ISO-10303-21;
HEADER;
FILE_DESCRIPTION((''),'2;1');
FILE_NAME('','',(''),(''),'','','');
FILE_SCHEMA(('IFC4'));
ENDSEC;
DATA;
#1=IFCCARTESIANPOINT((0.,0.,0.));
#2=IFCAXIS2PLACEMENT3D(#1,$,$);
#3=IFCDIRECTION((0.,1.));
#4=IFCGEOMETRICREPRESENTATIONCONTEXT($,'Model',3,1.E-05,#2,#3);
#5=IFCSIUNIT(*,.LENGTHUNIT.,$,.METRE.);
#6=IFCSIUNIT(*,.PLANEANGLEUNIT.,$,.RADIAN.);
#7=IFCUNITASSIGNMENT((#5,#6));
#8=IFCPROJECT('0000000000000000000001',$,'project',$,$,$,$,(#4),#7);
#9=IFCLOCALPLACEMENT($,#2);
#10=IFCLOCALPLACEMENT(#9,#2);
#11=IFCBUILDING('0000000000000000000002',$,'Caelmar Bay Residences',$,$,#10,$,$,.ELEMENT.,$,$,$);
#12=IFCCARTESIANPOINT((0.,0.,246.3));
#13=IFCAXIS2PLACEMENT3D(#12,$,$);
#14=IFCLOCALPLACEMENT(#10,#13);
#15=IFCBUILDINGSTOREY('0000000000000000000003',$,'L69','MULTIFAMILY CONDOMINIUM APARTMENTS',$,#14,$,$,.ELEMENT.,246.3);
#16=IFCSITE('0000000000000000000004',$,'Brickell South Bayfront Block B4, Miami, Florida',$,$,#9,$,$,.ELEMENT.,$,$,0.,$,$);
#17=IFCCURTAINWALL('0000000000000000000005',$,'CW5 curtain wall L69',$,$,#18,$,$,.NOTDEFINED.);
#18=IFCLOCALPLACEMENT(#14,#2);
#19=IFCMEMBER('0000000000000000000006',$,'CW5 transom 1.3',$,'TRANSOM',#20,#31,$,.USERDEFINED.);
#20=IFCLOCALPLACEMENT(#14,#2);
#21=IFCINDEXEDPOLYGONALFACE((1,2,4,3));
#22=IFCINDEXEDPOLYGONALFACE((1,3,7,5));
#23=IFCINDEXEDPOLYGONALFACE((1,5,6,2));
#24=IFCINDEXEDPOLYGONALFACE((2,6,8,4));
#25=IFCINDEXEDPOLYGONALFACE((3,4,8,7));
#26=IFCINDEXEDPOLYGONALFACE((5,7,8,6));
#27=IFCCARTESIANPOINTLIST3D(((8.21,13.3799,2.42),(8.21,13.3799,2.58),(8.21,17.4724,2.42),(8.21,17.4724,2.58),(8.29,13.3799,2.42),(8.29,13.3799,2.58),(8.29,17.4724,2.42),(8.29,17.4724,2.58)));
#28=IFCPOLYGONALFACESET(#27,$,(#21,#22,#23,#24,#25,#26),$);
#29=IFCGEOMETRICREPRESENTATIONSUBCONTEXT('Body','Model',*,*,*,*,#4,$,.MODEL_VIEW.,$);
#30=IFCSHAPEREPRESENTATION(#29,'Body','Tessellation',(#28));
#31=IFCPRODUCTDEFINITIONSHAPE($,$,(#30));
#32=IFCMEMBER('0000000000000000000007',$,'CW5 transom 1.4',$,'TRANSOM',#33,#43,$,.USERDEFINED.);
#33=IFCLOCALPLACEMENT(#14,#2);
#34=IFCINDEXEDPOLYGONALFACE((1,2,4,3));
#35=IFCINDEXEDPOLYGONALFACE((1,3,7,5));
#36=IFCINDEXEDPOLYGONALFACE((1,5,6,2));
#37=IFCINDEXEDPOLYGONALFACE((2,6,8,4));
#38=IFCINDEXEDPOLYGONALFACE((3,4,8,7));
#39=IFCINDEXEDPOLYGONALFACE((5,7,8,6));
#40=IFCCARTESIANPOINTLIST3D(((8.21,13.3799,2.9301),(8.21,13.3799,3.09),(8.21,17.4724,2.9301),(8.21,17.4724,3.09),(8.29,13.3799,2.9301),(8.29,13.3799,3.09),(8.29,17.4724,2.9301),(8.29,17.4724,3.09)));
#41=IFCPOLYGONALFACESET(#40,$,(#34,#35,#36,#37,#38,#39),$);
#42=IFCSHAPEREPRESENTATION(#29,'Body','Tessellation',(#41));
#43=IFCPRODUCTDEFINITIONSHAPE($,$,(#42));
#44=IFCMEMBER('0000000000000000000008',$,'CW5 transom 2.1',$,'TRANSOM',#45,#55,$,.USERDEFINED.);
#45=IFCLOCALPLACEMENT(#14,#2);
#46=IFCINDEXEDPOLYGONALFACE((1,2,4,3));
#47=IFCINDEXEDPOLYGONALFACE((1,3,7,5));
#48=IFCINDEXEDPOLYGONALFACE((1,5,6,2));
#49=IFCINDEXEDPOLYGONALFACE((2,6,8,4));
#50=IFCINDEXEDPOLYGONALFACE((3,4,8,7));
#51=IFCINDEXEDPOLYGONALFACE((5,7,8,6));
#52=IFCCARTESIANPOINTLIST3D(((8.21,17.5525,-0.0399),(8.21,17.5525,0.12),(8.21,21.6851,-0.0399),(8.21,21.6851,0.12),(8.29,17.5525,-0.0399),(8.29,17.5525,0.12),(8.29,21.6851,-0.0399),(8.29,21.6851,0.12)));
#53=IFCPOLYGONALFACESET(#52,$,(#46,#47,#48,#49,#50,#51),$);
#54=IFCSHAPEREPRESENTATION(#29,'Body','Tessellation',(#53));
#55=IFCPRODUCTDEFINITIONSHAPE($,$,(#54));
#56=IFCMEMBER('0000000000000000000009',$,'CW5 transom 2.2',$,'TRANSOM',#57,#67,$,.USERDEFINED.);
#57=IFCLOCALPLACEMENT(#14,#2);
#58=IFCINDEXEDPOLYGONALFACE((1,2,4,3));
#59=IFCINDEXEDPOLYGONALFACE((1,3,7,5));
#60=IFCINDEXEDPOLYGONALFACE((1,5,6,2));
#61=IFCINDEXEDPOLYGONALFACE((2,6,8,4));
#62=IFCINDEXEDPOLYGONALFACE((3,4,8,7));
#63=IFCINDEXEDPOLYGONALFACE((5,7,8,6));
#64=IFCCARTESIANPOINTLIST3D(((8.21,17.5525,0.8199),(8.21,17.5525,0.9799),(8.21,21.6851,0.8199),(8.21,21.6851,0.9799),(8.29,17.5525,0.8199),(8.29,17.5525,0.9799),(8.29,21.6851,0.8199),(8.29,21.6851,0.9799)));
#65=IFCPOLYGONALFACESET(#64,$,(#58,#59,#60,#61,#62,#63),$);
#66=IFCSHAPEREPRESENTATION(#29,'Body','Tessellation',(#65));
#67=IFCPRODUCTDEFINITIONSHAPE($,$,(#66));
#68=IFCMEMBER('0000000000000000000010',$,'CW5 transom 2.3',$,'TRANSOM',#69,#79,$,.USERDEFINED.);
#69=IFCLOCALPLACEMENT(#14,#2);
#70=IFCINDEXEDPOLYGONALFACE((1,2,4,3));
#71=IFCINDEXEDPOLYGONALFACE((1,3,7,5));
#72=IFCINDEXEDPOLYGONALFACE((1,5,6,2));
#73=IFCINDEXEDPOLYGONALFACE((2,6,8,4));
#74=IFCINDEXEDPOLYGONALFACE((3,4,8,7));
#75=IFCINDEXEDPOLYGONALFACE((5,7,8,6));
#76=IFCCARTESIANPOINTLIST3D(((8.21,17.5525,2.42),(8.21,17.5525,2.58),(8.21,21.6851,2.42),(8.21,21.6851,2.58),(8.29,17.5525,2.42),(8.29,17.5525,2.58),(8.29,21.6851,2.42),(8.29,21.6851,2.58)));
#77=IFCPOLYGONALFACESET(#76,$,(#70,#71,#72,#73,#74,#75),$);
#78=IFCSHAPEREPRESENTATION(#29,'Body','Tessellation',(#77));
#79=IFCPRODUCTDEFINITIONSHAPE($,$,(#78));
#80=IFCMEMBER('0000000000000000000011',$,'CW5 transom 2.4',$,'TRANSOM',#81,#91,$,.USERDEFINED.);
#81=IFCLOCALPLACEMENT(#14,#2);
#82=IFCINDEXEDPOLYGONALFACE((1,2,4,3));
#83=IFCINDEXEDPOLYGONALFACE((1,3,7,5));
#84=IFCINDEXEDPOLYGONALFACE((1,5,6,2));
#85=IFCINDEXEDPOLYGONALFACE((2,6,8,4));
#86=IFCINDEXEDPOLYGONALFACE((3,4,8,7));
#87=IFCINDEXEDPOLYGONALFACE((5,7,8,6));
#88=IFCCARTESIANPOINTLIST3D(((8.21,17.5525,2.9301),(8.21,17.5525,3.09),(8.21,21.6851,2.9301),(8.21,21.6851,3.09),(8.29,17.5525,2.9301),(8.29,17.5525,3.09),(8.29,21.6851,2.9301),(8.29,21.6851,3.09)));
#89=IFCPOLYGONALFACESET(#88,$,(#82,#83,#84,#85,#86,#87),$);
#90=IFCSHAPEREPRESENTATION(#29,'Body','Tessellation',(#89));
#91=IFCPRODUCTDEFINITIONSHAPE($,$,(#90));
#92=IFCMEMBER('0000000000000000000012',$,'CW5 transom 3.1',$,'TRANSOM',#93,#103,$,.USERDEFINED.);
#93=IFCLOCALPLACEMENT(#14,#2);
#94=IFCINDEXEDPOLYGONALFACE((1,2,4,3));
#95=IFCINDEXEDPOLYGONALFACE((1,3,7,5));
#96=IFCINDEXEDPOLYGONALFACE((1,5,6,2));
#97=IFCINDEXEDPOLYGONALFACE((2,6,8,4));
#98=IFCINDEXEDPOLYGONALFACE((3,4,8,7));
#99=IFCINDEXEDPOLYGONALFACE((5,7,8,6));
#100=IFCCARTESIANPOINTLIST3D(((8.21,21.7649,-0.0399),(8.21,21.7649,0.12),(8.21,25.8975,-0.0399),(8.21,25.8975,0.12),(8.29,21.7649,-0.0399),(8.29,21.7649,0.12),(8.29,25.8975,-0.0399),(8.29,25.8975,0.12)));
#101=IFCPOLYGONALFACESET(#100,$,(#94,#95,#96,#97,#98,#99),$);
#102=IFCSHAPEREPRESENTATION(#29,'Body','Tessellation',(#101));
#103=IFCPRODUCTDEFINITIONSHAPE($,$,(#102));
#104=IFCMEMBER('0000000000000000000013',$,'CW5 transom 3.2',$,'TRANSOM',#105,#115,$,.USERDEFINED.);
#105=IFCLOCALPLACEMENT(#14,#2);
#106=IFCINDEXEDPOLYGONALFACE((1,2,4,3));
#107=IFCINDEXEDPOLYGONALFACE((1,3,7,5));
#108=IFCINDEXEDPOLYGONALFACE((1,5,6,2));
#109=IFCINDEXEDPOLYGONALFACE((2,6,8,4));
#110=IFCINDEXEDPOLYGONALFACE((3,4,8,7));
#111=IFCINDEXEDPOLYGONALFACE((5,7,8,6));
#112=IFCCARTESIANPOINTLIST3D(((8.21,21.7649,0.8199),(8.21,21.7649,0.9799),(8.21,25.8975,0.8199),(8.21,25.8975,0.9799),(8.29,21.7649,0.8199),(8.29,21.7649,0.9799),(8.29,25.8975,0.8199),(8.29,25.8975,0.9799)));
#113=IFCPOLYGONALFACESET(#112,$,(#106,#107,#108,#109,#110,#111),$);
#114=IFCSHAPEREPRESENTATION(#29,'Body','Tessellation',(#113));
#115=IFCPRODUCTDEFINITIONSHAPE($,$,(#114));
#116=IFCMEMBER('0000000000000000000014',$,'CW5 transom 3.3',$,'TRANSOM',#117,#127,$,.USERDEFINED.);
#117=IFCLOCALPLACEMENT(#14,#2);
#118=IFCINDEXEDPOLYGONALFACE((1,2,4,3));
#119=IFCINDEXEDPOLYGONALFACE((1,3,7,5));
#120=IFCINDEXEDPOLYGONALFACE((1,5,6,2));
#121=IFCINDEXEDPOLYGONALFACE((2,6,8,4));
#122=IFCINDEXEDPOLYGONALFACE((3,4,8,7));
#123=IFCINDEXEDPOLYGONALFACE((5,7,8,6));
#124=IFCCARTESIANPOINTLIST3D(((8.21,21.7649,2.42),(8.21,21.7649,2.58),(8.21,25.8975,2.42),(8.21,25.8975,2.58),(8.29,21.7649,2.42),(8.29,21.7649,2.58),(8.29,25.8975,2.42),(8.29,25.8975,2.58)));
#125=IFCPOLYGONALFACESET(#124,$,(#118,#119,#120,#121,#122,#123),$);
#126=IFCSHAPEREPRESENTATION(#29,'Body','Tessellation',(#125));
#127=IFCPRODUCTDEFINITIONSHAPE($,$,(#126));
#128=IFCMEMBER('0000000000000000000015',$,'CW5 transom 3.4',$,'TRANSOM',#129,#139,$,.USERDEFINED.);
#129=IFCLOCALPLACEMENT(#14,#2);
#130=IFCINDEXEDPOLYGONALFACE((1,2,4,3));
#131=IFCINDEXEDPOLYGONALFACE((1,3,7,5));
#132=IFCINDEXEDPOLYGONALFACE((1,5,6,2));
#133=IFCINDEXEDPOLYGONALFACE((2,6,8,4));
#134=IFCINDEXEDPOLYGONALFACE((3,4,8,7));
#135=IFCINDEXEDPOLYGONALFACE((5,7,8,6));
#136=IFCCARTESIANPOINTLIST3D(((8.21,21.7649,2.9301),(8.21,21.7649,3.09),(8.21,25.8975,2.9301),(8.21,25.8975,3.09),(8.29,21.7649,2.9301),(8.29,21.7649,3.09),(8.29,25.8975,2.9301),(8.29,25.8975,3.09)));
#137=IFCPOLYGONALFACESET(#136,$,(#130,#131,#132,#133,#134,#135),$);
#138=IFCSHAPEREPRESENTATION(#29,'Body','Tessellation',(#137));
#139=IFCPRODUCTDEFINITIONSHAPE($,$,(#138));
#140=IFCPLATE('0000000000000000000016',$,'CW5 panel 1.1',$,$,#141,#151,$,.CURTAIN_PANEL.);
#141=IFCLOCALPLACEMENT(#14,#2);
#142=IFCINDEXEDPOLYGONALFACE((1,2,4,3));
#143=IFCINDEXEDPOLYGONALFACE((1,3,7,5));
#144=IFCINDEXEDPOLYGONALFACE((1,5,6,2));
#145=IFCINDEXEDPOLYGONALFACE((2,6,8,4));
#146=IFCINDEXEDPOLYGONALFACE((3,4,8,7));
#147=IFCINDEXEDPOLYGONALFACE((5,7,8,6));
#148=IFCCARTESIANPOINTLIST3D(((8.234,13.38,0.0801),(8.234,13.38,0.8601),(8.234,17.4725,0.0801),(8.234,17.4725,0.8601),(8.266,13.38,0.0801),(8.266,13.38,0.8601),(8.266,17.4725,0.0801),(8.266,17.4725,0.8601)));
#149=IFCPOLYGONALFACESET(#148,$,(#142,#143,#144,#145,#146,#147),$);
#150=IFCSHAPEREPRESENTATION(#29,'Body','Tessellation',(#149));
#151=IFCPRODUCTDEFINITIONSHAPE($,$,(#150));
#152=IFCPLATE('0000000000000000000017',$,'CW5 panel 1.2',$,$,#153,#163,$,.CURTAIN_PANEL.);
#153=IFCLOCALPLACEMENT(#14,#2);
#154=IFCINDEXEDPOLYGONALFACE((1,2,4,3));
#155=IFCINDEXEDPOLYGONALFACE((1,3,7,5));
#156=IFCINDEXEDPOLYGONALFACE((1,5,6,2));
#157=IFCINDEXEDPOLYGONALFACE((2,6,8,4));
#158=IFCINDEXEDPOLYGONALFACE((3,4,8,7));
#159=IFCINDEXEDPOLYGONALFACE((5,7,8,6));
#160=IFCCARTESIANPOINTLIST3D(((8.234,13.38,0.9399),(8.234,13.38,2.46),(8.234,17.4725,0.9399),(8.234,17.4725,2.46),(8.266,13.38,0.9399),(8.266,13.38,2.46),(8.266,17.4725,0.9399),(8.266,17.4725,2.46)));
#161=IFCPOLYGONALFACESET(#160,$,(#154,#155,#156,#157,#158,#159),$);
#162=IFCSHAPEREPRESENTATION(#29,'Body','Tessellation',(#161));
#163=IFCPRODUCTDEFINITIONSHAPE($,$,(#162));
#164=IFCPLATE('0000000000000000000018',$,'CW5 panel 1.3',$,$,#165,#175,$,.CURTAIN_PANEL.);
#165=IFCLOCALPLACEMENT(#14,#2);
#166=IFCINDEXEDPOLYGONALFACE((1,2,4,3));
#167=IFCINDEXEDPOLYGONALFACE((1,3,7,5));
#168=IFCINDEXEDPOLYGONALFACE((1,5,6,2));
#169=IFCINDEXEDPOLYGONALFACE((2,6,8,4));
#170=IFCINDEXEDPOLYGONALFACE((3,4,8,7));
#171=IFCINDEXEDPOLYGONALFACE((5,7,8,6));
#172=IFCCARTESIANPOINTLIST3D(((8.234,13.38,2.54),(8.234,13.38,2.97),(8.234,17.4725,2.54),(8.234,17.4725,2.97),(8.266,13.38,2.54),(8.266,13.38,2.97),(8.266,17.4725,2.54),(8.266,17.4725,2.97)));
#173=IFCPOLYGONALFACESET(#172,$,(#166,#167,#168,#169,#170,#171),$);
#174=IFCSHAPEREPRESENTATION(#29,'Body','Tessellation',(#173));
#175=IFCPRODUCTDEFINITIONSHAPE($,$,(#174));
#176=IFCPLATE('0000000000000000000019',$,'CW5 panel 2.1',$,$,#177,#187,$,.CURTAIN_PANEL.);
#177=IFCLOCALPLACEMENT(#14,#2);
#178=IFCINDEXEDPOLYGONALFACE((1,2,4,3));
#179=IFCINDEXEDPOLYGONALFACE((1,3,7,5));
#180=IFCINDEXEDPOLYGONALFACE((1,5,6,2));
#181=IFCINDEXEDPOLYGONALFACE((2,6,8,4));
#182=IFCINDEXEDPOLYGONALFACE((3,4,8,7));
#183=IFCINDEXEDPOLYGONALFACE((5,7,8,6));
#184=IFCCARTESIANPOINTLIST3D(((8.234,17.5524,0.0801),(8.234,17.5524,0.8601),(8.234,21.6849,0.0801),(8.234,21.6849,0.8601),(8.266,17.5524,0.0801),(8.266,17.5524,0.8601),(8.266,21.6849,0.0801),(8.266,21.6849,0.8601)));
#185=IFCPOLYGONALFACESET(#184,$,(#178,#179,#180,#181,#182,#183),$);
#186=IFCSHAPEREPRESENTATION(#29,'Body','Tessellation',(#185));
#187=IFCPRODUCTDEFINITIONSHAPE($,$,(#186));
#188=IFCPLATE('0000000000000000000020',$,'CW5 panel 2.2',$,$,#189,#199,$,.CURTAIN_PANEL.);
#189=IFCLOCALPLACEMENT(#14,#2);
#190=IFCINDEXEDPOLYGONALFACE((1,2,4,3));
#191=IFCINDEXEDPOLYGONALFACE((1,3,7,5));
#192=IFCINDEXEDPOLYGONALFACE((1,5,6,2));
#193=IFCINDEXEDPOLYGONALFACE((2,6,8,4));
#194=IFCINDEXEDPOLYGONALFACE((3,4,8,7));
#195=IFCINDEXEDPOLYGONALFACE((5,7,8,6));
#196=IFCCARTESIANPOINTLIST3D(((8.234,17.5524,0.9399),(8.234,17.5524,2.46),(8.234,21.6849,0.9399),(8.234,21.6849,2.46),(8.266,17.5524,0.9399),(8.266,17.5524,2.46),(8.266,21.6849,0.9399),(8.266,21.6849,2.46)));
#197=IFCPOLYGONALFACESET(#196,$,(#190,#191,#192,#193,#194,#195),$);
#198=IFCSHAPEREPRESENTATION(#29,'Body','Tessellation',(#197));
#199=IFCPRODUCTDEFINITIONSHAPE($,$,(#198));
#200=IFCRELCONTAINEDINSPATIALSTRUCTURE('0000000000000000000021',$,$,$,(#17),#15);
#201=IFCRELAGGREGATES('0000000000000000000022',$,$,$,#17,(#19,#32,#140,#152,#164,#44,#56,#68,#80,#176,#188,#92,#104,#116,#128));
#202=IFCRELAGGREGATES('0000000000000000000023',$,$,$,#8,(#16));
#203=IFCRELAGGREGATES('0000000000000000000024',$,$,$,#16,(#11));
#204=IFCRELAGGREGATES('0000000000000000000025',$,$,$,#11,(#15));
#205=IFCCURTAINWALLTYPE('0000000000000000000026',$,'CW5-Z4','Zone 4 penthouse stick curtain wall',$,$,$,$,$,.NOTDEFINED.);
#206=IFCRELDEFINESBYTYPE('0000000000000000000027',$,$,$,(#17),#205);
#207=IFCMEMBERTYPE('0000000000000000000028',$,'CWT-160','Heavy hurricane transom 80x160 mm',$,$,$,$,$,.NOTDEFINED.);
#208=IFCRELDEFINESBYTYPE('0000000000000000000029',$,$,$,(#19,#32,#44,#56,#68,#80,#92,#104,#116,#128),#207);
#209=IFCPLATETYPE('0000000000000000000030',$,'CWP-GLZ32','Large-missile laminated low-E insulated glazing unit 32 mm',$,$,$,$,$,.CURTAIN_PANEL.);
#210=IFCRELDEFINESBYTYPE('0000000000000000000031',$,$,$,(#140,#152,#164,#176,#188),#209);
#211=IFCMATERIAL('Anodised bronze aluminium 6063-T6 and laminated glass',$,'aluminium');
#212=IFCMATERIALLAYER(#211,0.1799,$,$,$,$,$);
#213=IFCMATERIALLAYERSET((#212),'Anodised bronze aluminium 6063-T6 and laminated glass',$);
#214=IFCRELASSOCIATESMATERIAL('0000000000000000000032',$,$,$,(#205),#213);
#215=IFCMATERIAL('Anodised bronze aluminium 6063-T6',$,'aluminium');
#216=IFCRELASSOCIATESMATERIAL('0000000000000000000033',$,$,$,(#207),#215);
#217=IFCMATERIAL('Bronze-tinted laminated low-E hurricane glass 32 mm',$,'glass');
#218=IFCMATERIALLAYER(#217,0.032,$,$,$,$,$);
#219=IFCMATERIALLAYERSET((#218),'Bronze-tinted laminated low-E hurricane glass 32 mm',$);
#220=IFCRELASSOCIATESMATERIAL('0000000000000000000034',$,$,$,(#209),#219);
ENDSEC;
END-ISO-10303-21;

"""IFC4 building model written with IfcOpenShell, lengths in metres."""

from ifc_helpers import new_model, si_unit, direction, frame, origin, origin_2d, place, context, subcontext, project, spatial, rectangle, extrude, material, layer, layer_set, material_profile, profile_set, type_object, element, aggregate, save


model = new_model("IFC4")

# Units and contexts
model_context = context("Model", 3, precision=1e-05, world=origin(), true_north=direction((0.0, 1.0)))
body_context = subcontext(model_context, "Body", "Model", "MODEL_VIEW")
ifc_project = project(units=[si_unit("LENGTHUNIT", "METRE"), si_unit("PLANEANGLEUNIT", "RADIAN")], contexts=[model_context])

# Site, building, storey
site_placement = place(None, origin())
site = spatial("IfcSite", under=ifc_project, at=site_placement, Name="Brickell South Bayfront Block B4, Miami, Florida", CompositionType="ELEMENT", RefElevation=0.0)
building_placement = place(site_placement, origin())
building = spatial("IfcBuilding", under=site, at=building_placement, Name="Caelmar Bay Residences", CompositionType="ELEMENT")
storey_placement = place(building_placement, frame((0.0, 0.0, 246.3)))
storey = spatial("IfcBuildingStorey", under=building, at=storey_placement, Name="L69", Description="MULTIFAMILY CONDOMINIUM APARTMENTS", CompositionType="ELEMENT", Elevation=246.3)

# Curtain wall, members, plates
ifc_material_1 = material(Name="Anodised bronze aluminium 6063-T6 and laminated glass", Category="aluminium")
ifc_layer_1 = layer(ifc_material_1, 0.1799)
ifc_layer_set_1 = layer_set([ifc_layer_1], Name="Anodised bronze aluminium 6063-T6 and laminated glass")
curtain_wall_type = type_object("IfcCurtainWallType", Name="CW5-Z4", Description="Zone 4 penthouse stick curtain wall", PredefinedType="NOTDEFINED", material=ifc_layer_set_1)
curtain_wall_placement = place(storey_placement, origin())
curtain_wall = element("IfcCurtainWall", 1, at=curtain_wall_placement, inside=storey, type_object=curtain_wall_type, Name="CW5 curtain wall L69", PredefinedType="NOTDEFINED")
ifc_material_2 = material(Name="Anodised bronze aluminium 6063-T6", Category="aluminium")
ifc_material_profile_1 = material_profile(ifc_material_2, rectangle(XDim=0.0801, YDim=0.1599, at=origin_2d()), Name="CWT-80X160")
ifc_profile_set_1 = profile_set([ifc_material_profile_1], Name="Anodised bronze aluminium 6063-T6")
member_type_1 = type_object("IfcMemberType", Name="CWT-160", Description="Heavy hurricane transom 80x160 mm", PredefinedType="NOTDEFINED", material=ifc_profile_set_1)
member_1_placement = place(storey_placement, frame((8.25, 13.3799, 2.5), z_axis=(0.0, 1.0, 0.0), x_axis=(-1.0, 0.0, 0.0)))
member_1 = element("IfcMember", 2, at=member_1_placement, type_object=member_type_1, Name="CW5 transom 1.3", ObjectType="TRANSOM", PredefinedType="USERDEFINED", context=body_context, shape_type="SweptSolid", body=[
    extrude(rectangle(XDim=0.0801, YDim=0.1599, at=origin_2d()), origin(), (0.0, 0.0, 1.0), 4.0925),
])
member_2_placement = place(storey_placement, frame((8.25, 13.3799, 3.01), z_axis=(0.0, 1.0, 0.0), x_axis=(-1.0, 0.0, 0.0)))
member_2 = element("IfcMember", 3, at=member_2_placement, type_object=member_type_1, Name="CW5 transom 1.4", ObjectType="TRANSOM", PredefinedType="USERDEFINED", context=body_context, shape_type="SweptSolid", body=[
    extrude(rectangle(XDim=0.0801, YDim=0.1599, at=origin_2d()), origin(), (0.0, 0.0, 1.0), 4.0925),
])
member_3_placement = place(storey_placement, frame((8.25, 17.5525, 0.04), z_axis=(0.0, 1.0, 0.0), x_axis=(-1.0, 0.0, 0.0)))
member_3 = element("IfcMember", 4, at=member_3_placement, type_object=member_type_1, Name="CW5 transom 2.1", ObjectType="TRANSOM", PredefinedType="USERDEFINED", context=body_context, shape_type="SweptSolid", body=[
    extrude(rectangle(XDim=0.0801, YDim=0.1599, at=origin_2d()), origin(), (0.0, 0.0, 1.0), 4.1326),
])
member_4_placement = place(storey_placement, frame((8.25, 17.5525, 0.8999), z_axis=(0.0, 1.0, 0.0), x_axis=(-1.0, 0.0, 0.0)))
member_4 = element("IfcMember", 5, at=member_4_placement, type_object=member_type_1, Name="CW5 transom 2.2", ObjectType="TRANSOM", PredefinedType="USERDEFINED", context=body_context, shape_type="SweptSolid", body=[
    extrude(rectangle(XDim=0.0801, YDim=0.1599, at=origin_2d()), origin(), (0.0, 0.0, 1.0), 4.1326),
])
member_5_placement = place(storey_placement, frame((8.25, 17.5525, 2.5), z_axis=(0.0, 1.0, 0.0), x_axis=(-1.0, 0.0, 0.0)))
member_5 = element("IfcMember", 6, at=member_5_placement, type_object=member_type_1, Name="CW5 transom 2.3", ObjectType="TRANSOM", PredefinedType="USERDEFINED", context=body_context, shape_type="SweptSolid", body=[
    extrude(rectangle(XDim=0.0801, YDim=0.1599, at=origin_2d()), origin(), (0.0, 0.0, 1.0), 4.1326),
])
member_6_placement = place(storey_placement, frame((8.25, 17.5525, 3.01), z_axis=(0.0, 1.0, 0.0), x_axis=(-1.0, 0.0, 0.0)))
member_6 = element("IfcMember", 7, at=member_6_placement, type_object=member_type_1, Name="CW5 transom 2.4", ObjectType="TRANSOM", PredefinedType="USERDEFINED", context=body_context, shape_type="SweptSolid", body=[
    extrude(rectangle(XDim=0.0801, YDim=0.1599, at=origin_2d()), origin(), (0.0, 0.0, 1.0), 4.1326),
])
member_7_placement = place(storey_placement, frame((8.25, 21.7649, 0.04), z_axis=(0.0, 1.0, 0.0), x_axis=(-1.0, 0.0, 0.0)))
member_7 = element("IfcMember", 8, at=member_7_placement, type_object=member_type_1, Name="CW5 transom 3.1", ObjectType="TRANSOM", PredefinedType="USERDEFINED", context=body_context, shape_type="SweptSolid", body=[
    extrude(rectangle(XDim=0.0801, YDim=0.1599, at=origin_2d()), origin(), (0.0, 0.0, 1.0), 4.1326),
])
member_8_placement = place(storey_placement, frame((8.25, 21.7649, 0.8999), z_axis=(0.0, 1.0, 0.0), x_axis=(-1.0, 0.0, 0.0)))
member_8 = element("IfcMember", 9, at=member_8_placement, type_object=member_type_1, Name="CW5 transom 3.2", ObjectType="TRANSOM", PredefinedType="USERDEFINED", context=body_context, shape_type="SweptSolid", body=[
    extrude(rectangle(XDim=0.0801, YDim=0.1599, at=origin_2d()), origin(), (0.0, 0.0, 1.0), 4.1326),
])
member_9_placement = place(storey_placement, frame((8.25, 21.7649, 2.5), z_axis=(0.0, 1.0, 0.0), x_axis=(-1.0, 0.0, 0.0)))
member_9 = element("IfcMember", 10, at=member_9_placement, type_object=member_type_1, Name="CW5 transom 3.3", ObjectType="TRANSOM", PredefinedType="USERDEFINED", context=body_context, shape_type="SweptSolid", body=[
    extrude(rectangle(XDim=0.0801, YDim=0.1599, at=origin_2d()), origin(), (0.0, 0.0, 1.0), 4.1326),
])
member_10_placement = place(storey_placement, frame((8.25, 21.7649, 3.01), z_axis=(0.0, 1.0, 0.0), x_axis=(-1.0, 0.0, 0.0)))
member_10 = element("IfcMember", 11, at=member_10_placement, type_object=member_type_1, Name="CW5 transom 3.4", ObjectType="TRANSOM", PredefinedType="USERDEFINED", context=body_context, shape_type="SweptSolid", body=[
    extrude(rectangle(XDim=0.0801, YDim=0.1599, at=origin_2d()), origin(), (0.0, 0.0, 1.0), 4.1326),
])
ifc_material_3 = material(Name="Bronze-tinted laminated low-E hurricane glass 32 mm", Category="glass")
ifc_layer_2 = layer(ifc_material_3, 0.032)
ifc_layer_set_2 = layer_set([ifc_layer_2], Name="Bronze-tinted laminated low-E hurricane glass 32 mm")
plate_type = type_object("IfcPlateType", Name="CWP-GLZ32", Description="Large-missile laminated low-E insulated glazing unit 32 mm", PredefinedType="CURTAIN_PANEL", material=ifc_layer_set_2)
plate_1_placement = place(storey_placement, frame((8.25, 15.4263, 0.0801), z_axis=(0.0, 0.0, 1.0), x_axis=(0.0, 1.0, 0.0)))
plate_1 = element("IfcPlate", 12, at=plate_1_placement, type_object=plate_type, Name="CW5 panel 1.1", PredefinedType="CURTAIN_PANEL", context=body_context, shape_type="SweptSolid", body=[
    extrude(rectangle(XDim=4.0925, YDim=0.032, at=origin_2d()), origin(), (0.0, 0.0, 1.0), 0.78),
])
plate_2_placement = place(storey_placement, frame((8.25, 15.4263, 0.9399), z_axis=(0.0, 0.0, 1.0), x_axis=(0.0, 1.0, 0.0)))
plate_2 = element("IfcPlate", 13, at=plate_2_placement, type_object=plate_type, Name="CW5 panel 1.2", PredefinedType="CURTAIN_PANEL", context=body_context, shape_type="SweptSolid", body=[
    extrude(rectangle(XDim=4.0925, YDim=0.032, at=origin_2d()), origin(), (0.0, 0.0, 1.0), 1.52),
])
plate_3_placement = place(storey_placement, frame((8.25, 15.4263, 2.54), z_axis=(0.0, 0.0, 1.0), x_axis=(0.0, 1.0, 0.0)))
plate_3 = element("IfcPlate", 14, at=plate_3_placement, type_object=plate_type, Name="CW5 panel 1.3", PredefinedType="CURTAIN_PANEL", context=body_context, shape_type="SweptSolid", body=[
    extrude(rectangle(XDim=4.0925, YDim=0.032, at=origin_2d()), origin(), (0.0, 0.0, 1.0), 0.4299),
])
plate_4_placement = place(storey_placement, frame((8.25, 19.6187, 0.0801), z_axis=(0.0, 0.0, 1.0), x_axis=(0.0, 1.0, 0.0)))
plate_4 = element("IfcPlate", 15, at=plate_4_placement, type_object=plate_type, Name="CW5 panel 2.1", PredefinedType="CURTAIN_PANEL", context=body_context, shape_type="SweptSolid", body=[
    extrude(rectangle(XDim=4.1326, YDim=0.032, at=origin_2d()), origin(), (0.0, 0.0, 1.0), 0.78),
])
plate_5_placement = place(storey_placement, frame((8.25, 19.6187, 0.9399), z_axis=(0.0, 0.0, 1.0), x_axis=(0.0, 1.0, 0.0)))
plate_5 = element("IfcPlate", 16, at=plate_5_placement, type_object=plate_type, Name="CW5 panel 2.2", PredefinedType="CURTAIN_PANEL", context=body_context, shape_type="SweptSolid", body=[
    extrude(rectangle(XDim=4.1326, YDim=0.032, at=origin_2d()), origin(), (0.0, 0.0, 1.0), 1.52),
])
aggregate(curtain_wall, [member_1, member_2, plate_1, plate_2, plate_3, member_3, member_4, member_5, member_6, plate_4, plate_5, member_7, member_8, member_9, member_10])

save(model, "model.ifc")
